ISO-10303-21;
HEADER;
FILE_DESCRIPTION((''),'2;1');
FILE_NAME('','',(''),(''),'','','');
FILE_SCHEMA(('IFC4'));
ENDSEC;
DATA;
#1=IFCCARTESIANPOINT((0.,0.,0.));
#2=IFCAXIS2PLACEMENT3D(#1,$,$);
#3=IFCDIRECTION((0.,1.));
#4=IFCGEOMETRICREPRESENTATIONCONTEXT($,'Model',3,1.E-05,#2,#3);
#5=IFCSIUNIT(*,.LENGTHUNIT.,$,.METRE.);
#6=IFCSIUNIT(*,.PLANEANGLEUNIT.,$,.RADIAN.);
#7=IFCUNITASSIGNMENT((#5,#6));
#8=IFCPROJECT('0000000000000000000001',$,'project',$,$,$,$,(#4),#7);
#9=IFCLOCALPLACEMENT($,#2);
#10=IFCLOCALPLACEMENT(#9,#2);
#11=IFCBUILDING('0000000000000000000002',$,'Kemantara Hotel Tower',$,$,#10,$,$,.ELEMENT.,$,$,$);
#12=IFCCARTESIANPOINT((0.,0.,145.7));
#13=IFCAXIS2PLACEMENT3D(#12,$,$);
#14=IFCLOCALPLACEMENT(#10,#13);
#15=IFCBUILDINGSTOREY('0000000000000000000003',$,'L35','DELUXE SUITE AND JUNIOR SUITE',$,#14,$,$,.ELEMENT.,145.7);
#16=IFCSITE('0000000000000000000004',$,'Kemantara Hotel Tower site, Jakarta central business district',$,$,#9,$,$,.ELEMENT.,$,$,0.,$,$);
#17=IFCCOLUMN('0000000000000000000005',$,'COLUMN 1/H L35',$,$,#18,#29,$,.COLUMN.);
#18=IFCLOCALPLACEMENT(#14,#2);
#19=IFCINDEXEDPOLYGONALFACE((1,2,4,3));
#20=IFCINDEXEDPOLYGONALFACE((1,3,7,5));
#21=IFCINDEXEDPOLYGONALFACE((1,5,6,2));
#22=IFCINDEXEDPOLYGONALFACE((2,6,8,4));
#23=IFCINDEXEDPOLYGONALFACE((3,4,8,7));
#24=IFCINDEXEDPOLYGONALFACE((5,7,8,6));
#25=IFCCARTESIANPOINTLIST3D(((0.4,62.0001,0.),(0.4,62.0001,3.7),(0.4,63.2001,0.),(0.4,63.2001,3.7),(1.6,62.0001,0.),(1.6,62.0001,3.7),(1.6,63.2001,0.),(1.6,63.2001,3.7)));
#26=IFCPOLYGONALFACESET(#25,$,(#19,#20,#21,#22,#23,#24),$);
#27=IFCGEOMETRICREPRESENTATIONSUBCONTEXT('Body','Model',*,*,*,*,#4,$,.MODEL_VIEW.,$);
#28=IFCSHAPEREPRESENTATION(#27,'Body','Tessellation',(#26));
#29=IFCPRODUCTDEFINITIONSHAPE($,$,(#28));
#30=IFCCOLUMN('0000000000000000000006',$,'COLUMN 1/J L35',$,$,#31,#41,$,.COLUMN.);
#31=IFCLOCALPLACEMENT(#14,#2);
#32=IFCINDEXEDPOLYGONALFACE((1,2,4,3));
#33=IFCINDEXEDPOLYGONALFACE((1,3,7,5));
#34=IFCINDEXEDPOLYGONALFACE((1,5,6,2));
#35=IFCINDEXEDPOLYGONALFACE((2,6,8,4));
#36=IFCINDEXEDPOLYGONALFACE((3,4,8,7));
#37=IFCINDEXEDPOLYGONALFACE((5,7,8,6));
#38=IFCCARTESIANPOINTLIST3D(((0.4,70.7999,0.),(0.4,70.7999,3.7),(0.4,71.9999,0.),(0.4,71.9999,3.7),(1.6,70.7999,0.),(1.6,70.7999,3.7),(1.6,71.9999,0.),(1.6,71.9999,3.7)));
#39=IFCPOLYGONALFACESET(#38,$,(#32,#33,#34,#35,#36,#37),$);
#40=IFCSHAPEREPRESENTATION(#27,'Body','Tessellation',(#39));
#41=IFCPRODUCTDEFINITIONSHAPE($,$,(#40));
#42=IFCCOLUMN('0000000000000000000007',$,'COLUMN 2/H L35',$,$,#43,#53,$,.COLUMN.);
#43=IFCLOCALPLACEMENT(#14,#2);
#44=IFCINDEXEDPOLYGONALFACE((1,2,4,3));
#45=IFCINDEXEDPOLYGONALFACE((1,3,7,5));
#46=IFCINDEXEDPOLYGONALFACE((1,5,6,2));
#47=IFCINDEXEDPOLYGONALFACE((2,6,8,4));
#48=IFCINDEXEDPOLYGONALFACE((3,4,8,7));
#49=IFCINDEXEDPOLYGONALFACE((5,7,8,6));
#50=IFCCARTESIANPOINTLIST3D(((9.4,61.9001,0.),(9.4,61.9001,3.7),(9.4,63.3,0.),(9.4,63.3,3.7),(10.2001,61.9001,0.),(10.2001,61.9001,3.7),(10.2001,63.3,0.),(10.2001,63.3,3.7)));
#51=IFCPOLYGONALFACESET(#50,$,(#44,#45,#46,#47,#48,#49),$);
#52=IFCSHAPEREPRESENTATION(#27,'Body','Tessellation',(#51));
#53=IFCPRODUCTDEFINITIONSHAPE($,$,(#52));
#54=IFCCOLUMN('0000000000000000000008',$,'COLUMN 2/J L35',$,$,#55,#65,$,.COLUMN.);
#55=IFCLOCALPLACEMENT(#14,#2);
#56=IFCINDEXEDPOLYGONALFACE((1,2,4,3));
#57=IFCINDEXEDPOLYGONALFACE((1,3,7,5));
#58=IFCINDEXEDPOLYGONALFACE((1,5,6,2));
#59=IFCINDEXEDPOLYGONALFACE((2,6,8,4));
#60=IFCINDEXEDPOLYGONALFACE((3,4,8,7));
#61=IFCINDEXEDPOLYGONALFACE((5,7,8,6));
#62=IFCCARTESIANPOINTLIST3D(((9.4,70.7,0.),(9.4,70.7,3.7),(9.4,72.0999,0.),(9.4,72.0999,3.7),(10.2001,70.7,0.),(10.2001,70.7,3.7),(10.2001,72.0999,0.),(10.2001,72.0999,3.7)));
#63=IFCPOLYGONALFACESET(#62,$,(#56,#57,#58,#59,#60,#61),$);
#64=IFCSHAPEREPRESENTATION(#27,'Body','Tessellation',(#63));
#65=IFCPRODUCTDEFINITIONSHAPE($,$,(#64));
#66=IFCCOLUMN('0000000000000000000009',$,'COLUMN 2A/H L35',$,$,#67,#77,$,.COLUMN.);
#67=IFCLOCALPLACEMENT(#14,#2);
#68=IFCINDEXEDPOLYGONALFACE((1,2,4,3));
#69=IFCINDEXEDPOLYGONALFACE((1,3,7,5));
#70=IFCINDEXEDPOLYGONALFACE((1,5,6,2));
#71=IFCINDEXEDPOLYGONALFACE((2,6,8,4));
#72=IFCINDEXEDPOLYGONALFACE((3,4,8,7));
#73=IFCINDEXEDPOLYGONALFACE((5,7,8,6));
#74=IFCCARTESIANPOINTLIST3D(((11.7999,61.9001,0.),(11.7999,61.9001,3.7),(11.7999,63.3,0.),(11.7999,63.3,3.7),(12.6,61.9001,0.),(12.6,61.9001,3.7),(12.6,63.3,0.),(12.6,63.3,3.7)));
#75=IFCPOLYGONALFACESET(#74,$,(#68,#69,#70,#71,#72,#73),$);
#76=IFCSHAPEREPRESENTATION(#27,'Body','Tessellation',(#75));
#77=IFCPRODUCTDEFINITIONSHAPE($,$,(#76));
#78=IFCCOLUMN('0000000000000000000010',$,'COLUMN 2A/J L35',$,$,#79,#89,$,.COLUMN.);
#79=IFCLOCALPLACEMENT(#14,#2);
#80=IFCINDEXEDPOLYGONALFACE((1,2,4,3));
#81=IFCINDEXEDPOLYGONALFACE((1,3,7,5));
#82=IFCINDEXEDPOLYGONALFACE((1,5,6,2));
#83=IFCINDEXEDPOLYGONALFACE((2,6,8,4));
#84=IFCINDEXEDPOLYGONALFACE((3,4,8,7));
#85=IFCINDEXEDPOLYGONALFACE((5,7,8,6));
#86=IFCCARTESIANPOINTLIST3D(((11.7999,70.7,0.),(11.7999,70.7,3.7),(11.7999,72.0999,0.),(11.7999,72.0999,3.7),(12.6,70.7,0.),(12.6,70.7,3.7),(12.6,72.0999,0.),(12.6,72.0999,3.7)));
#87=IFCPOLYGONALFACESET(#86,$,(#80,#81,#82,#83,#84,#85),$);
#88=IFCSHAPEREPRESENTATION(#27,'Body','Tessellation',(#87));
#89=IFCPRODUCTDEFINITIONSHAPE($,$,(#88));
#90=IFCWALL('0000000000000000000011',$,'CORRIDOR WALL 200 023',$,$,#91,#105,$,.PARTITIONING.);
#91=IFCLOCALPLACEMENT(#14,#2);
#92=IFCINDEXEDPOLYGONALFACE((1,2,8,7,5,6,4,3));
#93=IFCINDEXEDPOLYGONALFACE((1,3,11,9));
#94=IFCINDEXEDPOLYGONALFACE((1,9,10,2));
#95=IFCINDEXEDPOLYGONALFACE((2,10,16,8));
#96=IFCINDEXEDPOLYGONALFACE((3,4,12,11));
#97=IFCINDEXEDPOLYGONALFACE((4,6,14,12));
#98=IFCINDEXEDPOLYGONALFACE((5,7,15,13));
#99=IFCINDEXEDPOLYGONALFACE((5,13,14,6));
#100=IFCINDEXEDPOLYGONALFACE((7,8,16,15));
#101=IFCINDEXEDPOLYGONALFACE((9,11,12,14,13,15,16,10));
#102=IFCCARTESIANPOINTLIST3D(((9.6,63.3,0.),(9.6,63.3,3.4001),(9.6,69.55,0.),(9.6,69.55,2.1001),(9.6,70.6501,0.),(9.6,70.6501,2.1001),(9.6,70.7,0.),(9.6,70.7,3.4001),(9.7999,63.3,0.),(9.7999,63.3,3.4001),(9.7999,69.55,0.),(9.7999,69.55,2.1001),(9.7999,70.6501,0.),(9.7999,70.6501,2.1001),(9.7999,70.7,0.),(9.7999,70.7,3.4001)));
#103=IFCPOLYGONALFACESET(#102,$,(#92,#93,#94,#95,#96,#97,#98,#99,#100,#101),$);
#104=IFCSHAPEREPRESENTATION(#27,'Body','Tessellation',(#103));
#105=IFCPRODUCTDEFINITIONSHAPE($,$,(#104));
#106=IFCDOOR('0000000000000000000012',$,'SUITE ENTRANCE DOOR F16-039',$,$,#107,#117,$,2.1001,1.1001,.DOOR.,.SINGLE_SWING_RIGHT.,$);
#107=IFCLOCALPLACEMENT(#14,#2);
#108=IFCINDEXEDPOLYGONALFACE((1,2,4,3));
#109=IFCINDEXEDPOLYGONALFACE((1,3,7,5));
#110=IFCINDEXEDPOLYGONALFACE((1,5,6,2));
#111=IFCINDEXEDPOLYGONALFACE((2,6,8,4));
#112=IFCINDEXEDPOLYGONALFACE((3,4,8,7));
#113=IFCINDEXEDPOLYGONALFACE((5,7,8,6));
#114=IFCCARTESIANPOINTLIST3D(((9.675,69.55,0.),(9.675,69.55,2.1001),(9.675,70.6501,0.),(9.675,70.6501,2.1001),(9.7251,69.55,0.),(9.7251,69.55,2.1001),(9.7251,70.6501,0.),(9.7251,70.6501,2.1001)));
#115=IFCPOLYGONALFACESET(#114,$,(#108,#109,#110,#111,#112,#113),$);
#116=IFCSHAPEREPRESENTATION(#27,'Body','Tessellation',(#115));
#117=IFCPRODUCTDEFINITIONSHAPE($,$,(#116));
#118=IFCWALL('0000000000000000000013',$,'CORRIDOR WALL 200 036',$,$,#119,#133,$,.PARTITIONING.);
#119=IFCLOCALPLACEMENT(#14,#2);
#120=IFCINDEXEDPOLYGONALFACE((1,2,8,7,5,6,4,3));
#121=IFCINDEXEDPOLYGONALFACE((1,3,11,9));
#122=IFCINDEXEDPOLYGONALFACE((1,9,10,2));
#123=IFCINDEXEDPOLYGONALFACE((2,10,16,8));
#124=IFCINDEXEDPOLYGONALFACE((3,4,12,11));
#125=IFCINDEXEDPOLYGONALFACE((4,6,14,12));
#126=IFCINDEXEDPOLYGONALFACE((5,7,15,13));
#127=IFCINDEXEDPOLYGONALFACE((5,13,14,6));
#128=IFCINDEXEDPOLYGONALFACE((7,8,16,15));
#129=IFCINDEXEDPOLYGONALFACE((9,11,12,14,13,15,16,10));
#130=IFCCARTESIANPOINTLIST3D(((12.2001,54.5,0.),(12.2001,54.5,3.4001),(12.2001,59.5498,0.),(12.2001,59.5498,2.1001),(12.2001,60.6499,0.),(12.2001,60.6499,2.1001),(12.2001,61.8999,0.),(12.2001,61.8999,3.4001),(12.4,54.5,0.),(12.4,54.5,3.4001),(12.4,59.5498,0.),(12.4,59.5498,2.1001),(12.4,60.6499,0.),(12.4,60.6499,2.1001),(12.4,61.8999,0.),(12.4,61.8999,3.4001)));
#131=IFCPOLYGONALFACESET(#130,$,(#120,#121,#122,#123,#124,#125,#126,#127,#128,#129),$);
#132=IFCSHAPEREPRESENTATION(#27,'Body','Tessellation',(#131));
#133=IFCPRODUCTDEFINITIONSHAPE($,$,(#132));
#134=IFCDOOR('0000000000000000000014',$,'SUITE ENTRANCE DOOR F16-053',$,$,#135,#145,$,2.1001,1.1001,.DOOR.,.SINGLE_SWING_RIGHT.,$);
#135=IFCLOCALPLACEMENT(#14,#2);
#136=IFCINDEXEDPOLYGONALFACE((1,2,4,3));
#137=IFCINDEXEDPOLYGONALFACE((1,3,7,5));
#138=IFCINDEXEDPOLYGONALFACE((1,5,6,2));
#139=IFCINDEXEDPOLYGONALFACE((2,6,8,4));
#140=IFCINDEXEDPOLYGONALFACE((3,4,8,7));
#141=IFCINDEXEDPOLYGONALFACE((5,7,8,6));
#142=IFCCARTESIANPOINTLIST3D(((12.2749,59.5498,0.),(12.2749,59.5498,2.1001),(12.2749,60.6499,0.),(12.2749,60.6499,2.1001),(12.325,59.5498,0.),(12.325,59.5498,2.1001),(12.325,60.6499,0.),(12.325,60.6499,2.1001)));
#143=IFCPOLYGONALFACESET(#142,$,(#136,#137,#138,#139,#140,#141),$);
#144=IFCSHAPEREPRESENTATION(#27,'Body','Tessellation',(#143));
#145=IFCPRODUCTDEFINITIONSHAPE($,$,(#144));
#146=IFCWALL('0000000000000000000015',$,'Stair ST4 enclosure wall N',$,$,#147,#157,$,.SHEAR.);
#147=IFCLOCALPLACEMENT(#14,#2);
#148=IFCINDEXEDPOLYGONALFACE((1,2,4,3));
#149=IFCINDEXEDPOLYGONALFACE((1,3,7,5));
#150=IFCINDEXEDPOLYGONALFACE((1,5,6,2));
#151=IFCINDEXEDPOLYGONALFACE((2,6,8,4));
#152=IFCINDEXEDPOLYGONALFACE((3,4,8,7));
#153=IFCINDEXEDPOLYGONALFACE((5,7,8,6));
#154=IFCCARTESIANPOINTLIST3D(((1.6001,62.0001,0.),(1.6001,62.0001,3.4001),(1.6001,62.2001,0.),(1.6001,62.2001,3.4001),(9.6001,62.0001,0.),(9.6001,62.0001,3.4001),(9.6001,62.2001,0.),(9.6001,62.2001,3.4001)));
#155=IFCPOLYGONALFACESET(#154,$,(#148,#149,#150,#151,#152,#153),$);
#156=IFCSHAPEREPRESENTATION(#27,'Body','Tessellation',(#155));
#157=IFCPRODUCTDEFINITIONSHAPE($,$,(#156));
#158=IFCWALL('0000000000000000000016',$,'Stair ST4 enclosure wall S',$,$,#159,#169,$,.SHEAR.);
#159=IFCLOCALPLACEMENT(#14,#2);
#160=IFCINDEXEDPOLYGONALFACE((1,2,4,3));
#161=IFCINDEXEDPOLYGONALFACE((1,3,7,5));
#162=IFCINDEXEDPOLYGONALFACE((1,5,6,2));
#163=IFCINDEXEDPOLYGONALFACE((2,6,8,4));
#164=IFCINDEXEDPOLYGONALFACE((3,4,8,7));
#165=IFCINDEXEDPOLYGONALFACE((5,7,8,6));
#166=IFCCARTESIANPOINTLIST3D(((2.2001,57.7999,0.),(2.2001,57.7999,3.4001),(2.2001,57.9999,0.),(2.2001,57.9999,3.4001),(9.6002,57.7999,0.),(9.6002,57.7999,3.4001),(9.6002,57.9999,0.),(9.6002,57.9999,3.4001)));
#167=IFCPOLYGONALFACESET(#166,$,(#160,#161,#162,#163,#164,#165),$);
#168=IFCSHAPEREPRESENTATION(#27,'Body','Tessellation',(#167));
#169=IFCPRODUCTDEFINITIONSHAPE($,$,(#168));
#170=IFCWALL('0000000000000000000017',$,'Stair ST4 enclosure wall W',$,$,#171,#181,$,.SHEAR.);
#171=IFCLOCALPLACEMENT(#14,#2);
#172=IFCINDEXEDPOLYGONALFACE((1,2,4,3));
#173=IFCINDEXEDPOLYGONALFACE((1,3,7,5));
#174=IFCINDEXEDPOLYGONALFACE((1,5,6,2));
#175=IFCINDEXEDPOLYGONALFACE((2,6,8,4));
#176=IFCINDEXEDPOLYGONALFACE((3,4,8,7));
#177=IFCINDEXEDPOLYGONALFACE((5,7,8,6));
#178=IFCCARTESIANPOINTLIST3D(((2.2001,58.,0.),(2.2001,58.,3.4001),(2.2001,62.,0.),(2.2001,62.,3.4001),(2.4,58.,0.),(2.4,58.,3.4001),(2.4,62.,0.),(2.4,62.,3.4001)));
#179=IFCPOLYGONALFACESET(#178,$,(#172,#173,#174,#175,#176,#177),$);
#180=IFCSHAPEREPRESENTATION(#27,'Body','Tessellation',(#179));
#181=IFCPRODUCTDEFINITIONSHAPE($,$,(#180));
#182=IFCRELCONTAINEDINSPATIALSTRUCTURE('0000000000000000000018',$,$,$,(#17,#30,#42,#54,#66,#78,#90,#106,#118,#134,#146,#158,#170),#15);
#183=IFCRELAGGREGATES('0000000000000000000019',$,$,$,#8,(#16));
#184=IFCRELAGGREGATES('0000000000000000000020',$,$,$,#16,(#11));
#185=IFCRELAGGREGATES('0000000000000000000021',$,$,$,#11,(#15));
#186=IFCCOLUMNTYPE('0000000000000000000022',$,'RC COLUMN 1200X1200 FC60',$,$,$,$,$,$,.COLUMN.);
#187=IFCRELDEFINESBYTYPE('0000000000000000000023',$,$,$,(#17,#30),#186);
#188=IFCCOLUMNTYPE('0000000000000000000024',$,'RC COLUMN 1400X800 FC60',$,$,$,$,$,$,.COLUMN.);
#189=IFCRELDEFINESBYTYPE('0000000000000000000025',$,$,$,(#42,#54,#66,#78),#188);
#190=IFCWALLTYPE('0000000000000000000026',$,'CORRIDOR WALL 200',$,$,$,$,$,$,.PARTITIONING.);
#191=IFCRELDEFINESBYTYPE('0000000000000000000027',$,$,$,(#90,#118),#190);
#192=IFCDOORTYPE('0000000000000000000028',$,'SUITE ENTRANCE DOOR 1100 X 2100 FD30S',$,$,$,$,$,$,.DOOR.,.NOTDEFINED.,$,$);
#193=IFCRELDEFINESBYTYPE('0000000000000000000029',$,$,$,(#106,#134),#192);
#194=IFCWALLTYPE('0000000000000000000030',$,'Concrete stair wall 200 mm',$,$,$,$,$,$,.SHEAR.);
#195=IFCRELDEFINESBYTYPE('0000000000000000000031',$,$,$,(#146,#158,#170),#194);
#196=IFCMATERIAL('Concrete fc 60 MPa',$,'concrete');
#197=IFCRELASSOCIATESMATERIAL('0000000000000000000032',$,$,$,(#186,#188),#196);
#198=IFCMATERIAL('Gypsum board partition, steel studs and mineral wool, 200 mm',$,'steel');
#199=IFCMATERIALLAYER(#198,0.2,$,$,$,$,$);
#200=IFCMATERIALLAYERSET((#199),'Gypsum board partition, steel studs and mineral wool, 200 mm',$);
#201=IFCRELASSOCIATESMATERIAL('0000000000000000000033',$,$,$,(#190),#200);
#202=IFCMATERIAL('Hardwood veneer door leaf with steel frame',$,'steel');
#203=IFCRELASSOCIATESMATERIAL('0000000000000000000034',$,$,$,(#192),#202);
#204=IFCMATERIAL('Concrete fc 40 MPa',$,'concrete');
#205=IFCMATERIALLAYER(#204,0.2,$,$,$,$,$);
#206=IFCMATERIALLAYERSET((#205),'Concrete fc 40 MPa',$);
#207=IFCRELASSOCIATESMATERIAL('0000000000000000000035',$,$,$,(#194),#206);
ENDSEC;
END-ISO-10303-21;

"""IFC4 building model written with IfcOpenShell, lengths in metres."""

from ifc_helpers import new_model, si_unit, direction, frame, frame_2d, origin, origin_2d, place, context, subcontext, project, spatial, rectangle, extrude, material, layer, layer_set, material_profile, profile_set, type_object, element, fill, save


model = new_model("IFC4")

# Units and contexts
model_context = context("Model", 3, precision=1e-05, world=origin(), true_north=direction((0.0, 1.0)))
body_context = subcontext(model_context, "Body", "Model", "MODEL_VIEW")
ifc_project = project(units=[si_unit("LENGTHUNIT", "METRE"), si_unit("PLANEANGLEUNIT", "RADIAN")], contexts=[model_context])

# Site, building, storey
site_placement = place(None, origin())
site = spatial("IfcSite", under=ifc_project, at=site_placement, Name="Kemantara Hotel Tower site, Jakarta central business district", CompositionType="ELEMENT", RefElevation=0.0)
building_placement = place(site_placement, origin())
building = spatial("IfcBuilding", under=site, at=building_placement, Name="Kemantara Hotel Tower", CompositionType="ELEMENT")
storey_placement = place(building_placement, frame((0.0, 0.0, 145.7)))
storey = spatial("IfcBuildingStorey", under=building, at=storey_placement, Name="L35", Description="DELUXE SUITE AND JUNIOR SUITE", CompositionType="ELEMENT", Elevation=145.7)

# Columns
ifc_material_1 = material(Name="Concrete fc 60 MPa", Category="concrete")
ifc_material_profile_1 = material_profile(ifc_material_1, rectangle(XDim=1.2, YDim=1.2, at=origin_2d()), Name="RC 1200X1200")
ifc_profile_set_1 = profile_set([ifc_material_profile_1], Name="Concrete fc 60 MPa")
column_type_1 = type_object("IfcColumnType", Name="RC COLUMN 1200X1200 FC60", PredefinedType="COLUMN", material=ifc_profile_set_1)
for number, where, z_axis, x_axis, name in (
    (1, (1.0, 62.6001, 0.0), (0.0, 0.0, 1.0), (1.0, 0.0, 0.0), "COLUMN 1/H L35"),
    (2, (1.0, 71.3999, 0.0), (0.0, 0.0, 1.0), (1.0, 0.0, 0.0), "COLUMN 1/J L35"),
):
    element("IfcColumn", number, at=place(storey_placement, frame(where, z_axis=z_axis, x_axis=x_axis)), inside=storey, type_object=column_type_1, Name=name, PredefinedType="COLUMN", context=body_context, shape_type="SweptSolid", body=[
        extrude(rectangle(XDim=1.2, YDim=1.2, at=origin_2d()), origin(), (0.0, 0.0, 1.0), 3.7),
    ])
ifc_material_profile_2 = material_profile(ifc_material_1, rectangle(XDim=1.3999, YDim=0.8, at=origin_2d()), Name="RC 1400X800")
ifc_profile_set_2 = profile_set([ifc_material_profile_2], Name="Concrete fc 60 MPa")
column_type_2 = type_object("IfcColumnType", Name="RC COLUMN 1400X800 FC60", PredefinedType="COLUMN", material=ifc_profile_set_2)
for number, where, z_axis, x_axis, name in (
    (3, (9.8, 62.6001, 0.0), (0.0, 0.0, 1.0), (0.0, 1.0, 0.0), "COLUMN 2/H L35"),
    (4, (9.8, 71.3999, 0.0), (0.0, 0.0, 1.0), (0.0, 1.0, 0.0), "COLUMN 2/J L35"),
    (5, (12.2, 62.6001, 0.0), (0.0, 0.0, 1.0), (0.0, 1.0, 0.0), "COLUMN 2A/H L35"),
    (6, (12.2, 71.3999, 0.0), (0.0, 0.0, 1.0), (0.0, 1.0, 0.0), "COLUMN 2A/J L35"),
):
    element("IfcColumn", number, at=place(storey_placement, frame(where, z_axis=z_axis, x_axis=x_axis)), inside=storey, type_object=column_type_2, Name=name, PredefinedType="COLUMN", context=body_context, shape_type="SweptSolid", body=[
        extrude(rectangle(XDim=1.3999, YDim=0.8, at=origin_2d()), origin(), (0.0, 0.0, 1.0), 3.7),
    ])

# Walls, openings, doors
ifc_material_2 = material(Name="Gypsum board partition, steel studs and mineral wool, 200 mm", Category="steel")
ifc_layer_1 = layer(ifc_material_2, 0.2)
ifc_layer_set_1 = layer_set([ifc_layer_1], Name="Gypsum board partition, steel studs and mineral wool, 200 mm")
wall_type_1 = type_object("IfcWallType", Name="CORRIDOR WALL 200", PredefinedType="PARTITIONING", material=ifc_layer_set_1)
wall_1_placement = place(storey_placement, frame((9.7, 63.3, 0.0), z_axis=(0.0, 0.0, 1.0), x_axis=(0.0, 1.0, 0.0)))
wall_1 = element("IfcWall", 7, at=wall_1_placement, inside=storey, type_object=wall_type_1, Name="CORRIDOR WALL 200 023", PredefinedType="PARTITIONING", context=body_context, shape_type="SweptSolid", body=[
    extrude(rectangle(XDim=7.3999, YDim=0.2, at=frame_2d((3.7, 0.0))), origin(), (0.0, 0.0, 1.0), 3.4001),
])
opening_1_placement = place(wall_1_placement, frame((6.25, 0.0, 0.0)))
opening_1 = element("IfcOpeningElement", 8, at=opening_1_placement, cuts=wall_1, PredefinedType="OPENING", context=body_context, shape_type="SweptSolid", body=[
    extrude(rectangle(XDim=1.1001, YDim=2.1001, at=frame_2d((0.55, 1.05))), frame((0.0, 0.1099, 0.0), z_axis=(0.0, -1.0, 0.0), x_axis=(1.0, 0.0, 0.0)), (0.0, 0.0, 1.0), 0.22),
])
ifc_material_3 = material(Name="Hardwood veneer door leaf with steel frame", Category="steel")
door_type_1 = type_object("IfcDoorType", Name="SUITE ENTRANCE DOOR 1100 X 2100 FD30S", OperationType="NOTDEFINED", PredefinedType="DOOR", material=ifc_material_3)
door_1_placement = place(opening_1_placement, origin())
door_1 = element("IfcDoor", 9, at=door_1_placement, inside=storey, type_object=door_type_1, Name="SUITE ENTRANCE DOOR F16-039", OperationType="SINGLE_SWING_RIGHT", OverallHeight=2.1001, OverallWidth=1.1001, PredefinedType="DOOR", context=body_context, shape_type="SweptSolid", body=[
    extrude(rectangle(XDim=1.1001, YDim=2.1001, at=frame_2d((0.55, 1.05))), frame((0.0, 0.0249, 0.0), z_axis=(0.0, -1.0, 0.0), x_axis=(1.0, 0.0, 0.0)), (0.0, 0.0, 1.0), 0.05),
])
fill(opening_1, door_1)
wall_2_placement = place(storey_placement, frame((12.3, 61.8999, 0.0), z_axis=(0.0, 0.0, 1.0), x_axis=(0.0, -1.0, 0.0)))
wall_2 = element("IfcWall", 10, at=wall_2_placement, inside=storey, type_object=wall_type_1, Name="CORRIDOR WALL 200 036", PredefinedType="PARTITIONING", context=body_context, shape_type="SweptSolid", body=[
    extrude(rectangle(XDim=7.3999, YDim=0.2, at=frame_2d((3.7, 0.0))), origin(), (0.0, 0.0, 1.0), 3.4001),
])
opening_2_placement = place(wall_2_placement, frame((1.25, 0.0, 0.0)))
opening_2 = element("IfcOpeningElement", 11, at=opening_2_placement, cuts=wall_2, PredefinedType="OPENING", context=body_context, shape_type="SweptSolid", body=[
    extrude(rectangle(XDim=1.1001, YDim=2.1001, at=frame_2d((0.55, 1.05))), frame((0.0, 0.1099, 0.0), z_axis=(0.0, -1.0, 0.0), x_axis=(1.0, 0.0, 0.0)), (0.0, 0.0, 1.0), 0.22),
])
door_2_placement = place(opening_2_placement, origin())
door_2 = element("IfcDoor", 12, at=door_2_placement, inside=storey, type_object=door_type_1, Name="SUITE ENTRANCE DOOR F16-053", OperationType="SINGLE_SWING_RIGHT", OverallHeight=2.1001, OverallWidth=1.1001, PredefinedType="DOOR", context=body_context, shape_type="SweptSolid", body=[
    extrude(rectangle(XDim=1.1001, YDim=2.1001, at=frame_2d((0.55, 1.05))), frame((0.0, 0.0249, 0.0), z_axis=(0.0, -1.0, 0.0), x_axis=(1.0, 0.0, 0.0)), (0.0, 0.0, 1.0), 0.05),
])
fill(opening_2, door_2)

# Walls
ifc_material_4 = material(Name="Concrete fc 40 MPa", Category="concrete")
ifc_layer_2 = layer(ifc_material_4, 0.2)
ifc_layer_set_2 = layer_set([ifc_layer_2], Name="Concrete fc 40 MPa")
wall_type_2 = type_object("IfcWallType", Name="Concrete stair wall 200 mm", PredefinedType="SHEAR", material=ifc_layer_set_2)
wall_3_placement = place(storey_placement, frame((1.6001, 62.1001, 0.0), z_axis=(0.0, 0.0, 1.0), x_axis=(1.0, 0.0, 0.0)))
element("IfcWall", 13, at=wall_3_placement, inside=storey, type_object=wall_type_2, Name="Stair ST4 enclosure wall N", PredefinedType="SHEAR", context=body_context, shape_type="SweptSolid", body=[
    extrude(rectangle(XDim=8.0, YDim=0.2, at=frame_2d((4.0, 0.0))), origin(), (0.0, 0.0, 1.0), 3.4001),
])
wall_4_placement = place(storey_placement, frame((2.2, 57.8999, 0.0), z_axis=(0.0, 0.0, 1.0), x_axis=(1.0, 0.0, 0.0)))
element("IfcWall", 14, at=wall_4_placement, inside=storey, type_object=wall_type_2, Name="Stair ST4 enclosure wall S", PredefinedType="SHEAR", context=body_context, shape_type="SweptSolid", body=[
    extrude(rectangle(XDim=7.4001, YDim=0.2, at=frame_2d((3.7002, 0.0))), origin(), (0.0, 0.0, 1.0), 3.4001),
])
wall_5_placement = place(storey_placement, frame((2.3, 58.0, 0.0), z_axis=(0.0, 0.0, 1.0), x_axis=(0.0, 1.0, 0.0)))
element("IfcWall", 15, at=wall_5_placement, inside=storey, type_object=wall_type_2, Name="Stair ST4 enclosure wall W", PredefinedType="SHEAR", context=body_context, shape_type="SweptSolid", body=[
    extrude(rectangle(XDim=4.0, YDim=0.2, at=frame_2d((2.0, 0.0))), origin(), (0.0, 0.0, 1.0), 3.4001),
])

save(model, "model.ifc")
